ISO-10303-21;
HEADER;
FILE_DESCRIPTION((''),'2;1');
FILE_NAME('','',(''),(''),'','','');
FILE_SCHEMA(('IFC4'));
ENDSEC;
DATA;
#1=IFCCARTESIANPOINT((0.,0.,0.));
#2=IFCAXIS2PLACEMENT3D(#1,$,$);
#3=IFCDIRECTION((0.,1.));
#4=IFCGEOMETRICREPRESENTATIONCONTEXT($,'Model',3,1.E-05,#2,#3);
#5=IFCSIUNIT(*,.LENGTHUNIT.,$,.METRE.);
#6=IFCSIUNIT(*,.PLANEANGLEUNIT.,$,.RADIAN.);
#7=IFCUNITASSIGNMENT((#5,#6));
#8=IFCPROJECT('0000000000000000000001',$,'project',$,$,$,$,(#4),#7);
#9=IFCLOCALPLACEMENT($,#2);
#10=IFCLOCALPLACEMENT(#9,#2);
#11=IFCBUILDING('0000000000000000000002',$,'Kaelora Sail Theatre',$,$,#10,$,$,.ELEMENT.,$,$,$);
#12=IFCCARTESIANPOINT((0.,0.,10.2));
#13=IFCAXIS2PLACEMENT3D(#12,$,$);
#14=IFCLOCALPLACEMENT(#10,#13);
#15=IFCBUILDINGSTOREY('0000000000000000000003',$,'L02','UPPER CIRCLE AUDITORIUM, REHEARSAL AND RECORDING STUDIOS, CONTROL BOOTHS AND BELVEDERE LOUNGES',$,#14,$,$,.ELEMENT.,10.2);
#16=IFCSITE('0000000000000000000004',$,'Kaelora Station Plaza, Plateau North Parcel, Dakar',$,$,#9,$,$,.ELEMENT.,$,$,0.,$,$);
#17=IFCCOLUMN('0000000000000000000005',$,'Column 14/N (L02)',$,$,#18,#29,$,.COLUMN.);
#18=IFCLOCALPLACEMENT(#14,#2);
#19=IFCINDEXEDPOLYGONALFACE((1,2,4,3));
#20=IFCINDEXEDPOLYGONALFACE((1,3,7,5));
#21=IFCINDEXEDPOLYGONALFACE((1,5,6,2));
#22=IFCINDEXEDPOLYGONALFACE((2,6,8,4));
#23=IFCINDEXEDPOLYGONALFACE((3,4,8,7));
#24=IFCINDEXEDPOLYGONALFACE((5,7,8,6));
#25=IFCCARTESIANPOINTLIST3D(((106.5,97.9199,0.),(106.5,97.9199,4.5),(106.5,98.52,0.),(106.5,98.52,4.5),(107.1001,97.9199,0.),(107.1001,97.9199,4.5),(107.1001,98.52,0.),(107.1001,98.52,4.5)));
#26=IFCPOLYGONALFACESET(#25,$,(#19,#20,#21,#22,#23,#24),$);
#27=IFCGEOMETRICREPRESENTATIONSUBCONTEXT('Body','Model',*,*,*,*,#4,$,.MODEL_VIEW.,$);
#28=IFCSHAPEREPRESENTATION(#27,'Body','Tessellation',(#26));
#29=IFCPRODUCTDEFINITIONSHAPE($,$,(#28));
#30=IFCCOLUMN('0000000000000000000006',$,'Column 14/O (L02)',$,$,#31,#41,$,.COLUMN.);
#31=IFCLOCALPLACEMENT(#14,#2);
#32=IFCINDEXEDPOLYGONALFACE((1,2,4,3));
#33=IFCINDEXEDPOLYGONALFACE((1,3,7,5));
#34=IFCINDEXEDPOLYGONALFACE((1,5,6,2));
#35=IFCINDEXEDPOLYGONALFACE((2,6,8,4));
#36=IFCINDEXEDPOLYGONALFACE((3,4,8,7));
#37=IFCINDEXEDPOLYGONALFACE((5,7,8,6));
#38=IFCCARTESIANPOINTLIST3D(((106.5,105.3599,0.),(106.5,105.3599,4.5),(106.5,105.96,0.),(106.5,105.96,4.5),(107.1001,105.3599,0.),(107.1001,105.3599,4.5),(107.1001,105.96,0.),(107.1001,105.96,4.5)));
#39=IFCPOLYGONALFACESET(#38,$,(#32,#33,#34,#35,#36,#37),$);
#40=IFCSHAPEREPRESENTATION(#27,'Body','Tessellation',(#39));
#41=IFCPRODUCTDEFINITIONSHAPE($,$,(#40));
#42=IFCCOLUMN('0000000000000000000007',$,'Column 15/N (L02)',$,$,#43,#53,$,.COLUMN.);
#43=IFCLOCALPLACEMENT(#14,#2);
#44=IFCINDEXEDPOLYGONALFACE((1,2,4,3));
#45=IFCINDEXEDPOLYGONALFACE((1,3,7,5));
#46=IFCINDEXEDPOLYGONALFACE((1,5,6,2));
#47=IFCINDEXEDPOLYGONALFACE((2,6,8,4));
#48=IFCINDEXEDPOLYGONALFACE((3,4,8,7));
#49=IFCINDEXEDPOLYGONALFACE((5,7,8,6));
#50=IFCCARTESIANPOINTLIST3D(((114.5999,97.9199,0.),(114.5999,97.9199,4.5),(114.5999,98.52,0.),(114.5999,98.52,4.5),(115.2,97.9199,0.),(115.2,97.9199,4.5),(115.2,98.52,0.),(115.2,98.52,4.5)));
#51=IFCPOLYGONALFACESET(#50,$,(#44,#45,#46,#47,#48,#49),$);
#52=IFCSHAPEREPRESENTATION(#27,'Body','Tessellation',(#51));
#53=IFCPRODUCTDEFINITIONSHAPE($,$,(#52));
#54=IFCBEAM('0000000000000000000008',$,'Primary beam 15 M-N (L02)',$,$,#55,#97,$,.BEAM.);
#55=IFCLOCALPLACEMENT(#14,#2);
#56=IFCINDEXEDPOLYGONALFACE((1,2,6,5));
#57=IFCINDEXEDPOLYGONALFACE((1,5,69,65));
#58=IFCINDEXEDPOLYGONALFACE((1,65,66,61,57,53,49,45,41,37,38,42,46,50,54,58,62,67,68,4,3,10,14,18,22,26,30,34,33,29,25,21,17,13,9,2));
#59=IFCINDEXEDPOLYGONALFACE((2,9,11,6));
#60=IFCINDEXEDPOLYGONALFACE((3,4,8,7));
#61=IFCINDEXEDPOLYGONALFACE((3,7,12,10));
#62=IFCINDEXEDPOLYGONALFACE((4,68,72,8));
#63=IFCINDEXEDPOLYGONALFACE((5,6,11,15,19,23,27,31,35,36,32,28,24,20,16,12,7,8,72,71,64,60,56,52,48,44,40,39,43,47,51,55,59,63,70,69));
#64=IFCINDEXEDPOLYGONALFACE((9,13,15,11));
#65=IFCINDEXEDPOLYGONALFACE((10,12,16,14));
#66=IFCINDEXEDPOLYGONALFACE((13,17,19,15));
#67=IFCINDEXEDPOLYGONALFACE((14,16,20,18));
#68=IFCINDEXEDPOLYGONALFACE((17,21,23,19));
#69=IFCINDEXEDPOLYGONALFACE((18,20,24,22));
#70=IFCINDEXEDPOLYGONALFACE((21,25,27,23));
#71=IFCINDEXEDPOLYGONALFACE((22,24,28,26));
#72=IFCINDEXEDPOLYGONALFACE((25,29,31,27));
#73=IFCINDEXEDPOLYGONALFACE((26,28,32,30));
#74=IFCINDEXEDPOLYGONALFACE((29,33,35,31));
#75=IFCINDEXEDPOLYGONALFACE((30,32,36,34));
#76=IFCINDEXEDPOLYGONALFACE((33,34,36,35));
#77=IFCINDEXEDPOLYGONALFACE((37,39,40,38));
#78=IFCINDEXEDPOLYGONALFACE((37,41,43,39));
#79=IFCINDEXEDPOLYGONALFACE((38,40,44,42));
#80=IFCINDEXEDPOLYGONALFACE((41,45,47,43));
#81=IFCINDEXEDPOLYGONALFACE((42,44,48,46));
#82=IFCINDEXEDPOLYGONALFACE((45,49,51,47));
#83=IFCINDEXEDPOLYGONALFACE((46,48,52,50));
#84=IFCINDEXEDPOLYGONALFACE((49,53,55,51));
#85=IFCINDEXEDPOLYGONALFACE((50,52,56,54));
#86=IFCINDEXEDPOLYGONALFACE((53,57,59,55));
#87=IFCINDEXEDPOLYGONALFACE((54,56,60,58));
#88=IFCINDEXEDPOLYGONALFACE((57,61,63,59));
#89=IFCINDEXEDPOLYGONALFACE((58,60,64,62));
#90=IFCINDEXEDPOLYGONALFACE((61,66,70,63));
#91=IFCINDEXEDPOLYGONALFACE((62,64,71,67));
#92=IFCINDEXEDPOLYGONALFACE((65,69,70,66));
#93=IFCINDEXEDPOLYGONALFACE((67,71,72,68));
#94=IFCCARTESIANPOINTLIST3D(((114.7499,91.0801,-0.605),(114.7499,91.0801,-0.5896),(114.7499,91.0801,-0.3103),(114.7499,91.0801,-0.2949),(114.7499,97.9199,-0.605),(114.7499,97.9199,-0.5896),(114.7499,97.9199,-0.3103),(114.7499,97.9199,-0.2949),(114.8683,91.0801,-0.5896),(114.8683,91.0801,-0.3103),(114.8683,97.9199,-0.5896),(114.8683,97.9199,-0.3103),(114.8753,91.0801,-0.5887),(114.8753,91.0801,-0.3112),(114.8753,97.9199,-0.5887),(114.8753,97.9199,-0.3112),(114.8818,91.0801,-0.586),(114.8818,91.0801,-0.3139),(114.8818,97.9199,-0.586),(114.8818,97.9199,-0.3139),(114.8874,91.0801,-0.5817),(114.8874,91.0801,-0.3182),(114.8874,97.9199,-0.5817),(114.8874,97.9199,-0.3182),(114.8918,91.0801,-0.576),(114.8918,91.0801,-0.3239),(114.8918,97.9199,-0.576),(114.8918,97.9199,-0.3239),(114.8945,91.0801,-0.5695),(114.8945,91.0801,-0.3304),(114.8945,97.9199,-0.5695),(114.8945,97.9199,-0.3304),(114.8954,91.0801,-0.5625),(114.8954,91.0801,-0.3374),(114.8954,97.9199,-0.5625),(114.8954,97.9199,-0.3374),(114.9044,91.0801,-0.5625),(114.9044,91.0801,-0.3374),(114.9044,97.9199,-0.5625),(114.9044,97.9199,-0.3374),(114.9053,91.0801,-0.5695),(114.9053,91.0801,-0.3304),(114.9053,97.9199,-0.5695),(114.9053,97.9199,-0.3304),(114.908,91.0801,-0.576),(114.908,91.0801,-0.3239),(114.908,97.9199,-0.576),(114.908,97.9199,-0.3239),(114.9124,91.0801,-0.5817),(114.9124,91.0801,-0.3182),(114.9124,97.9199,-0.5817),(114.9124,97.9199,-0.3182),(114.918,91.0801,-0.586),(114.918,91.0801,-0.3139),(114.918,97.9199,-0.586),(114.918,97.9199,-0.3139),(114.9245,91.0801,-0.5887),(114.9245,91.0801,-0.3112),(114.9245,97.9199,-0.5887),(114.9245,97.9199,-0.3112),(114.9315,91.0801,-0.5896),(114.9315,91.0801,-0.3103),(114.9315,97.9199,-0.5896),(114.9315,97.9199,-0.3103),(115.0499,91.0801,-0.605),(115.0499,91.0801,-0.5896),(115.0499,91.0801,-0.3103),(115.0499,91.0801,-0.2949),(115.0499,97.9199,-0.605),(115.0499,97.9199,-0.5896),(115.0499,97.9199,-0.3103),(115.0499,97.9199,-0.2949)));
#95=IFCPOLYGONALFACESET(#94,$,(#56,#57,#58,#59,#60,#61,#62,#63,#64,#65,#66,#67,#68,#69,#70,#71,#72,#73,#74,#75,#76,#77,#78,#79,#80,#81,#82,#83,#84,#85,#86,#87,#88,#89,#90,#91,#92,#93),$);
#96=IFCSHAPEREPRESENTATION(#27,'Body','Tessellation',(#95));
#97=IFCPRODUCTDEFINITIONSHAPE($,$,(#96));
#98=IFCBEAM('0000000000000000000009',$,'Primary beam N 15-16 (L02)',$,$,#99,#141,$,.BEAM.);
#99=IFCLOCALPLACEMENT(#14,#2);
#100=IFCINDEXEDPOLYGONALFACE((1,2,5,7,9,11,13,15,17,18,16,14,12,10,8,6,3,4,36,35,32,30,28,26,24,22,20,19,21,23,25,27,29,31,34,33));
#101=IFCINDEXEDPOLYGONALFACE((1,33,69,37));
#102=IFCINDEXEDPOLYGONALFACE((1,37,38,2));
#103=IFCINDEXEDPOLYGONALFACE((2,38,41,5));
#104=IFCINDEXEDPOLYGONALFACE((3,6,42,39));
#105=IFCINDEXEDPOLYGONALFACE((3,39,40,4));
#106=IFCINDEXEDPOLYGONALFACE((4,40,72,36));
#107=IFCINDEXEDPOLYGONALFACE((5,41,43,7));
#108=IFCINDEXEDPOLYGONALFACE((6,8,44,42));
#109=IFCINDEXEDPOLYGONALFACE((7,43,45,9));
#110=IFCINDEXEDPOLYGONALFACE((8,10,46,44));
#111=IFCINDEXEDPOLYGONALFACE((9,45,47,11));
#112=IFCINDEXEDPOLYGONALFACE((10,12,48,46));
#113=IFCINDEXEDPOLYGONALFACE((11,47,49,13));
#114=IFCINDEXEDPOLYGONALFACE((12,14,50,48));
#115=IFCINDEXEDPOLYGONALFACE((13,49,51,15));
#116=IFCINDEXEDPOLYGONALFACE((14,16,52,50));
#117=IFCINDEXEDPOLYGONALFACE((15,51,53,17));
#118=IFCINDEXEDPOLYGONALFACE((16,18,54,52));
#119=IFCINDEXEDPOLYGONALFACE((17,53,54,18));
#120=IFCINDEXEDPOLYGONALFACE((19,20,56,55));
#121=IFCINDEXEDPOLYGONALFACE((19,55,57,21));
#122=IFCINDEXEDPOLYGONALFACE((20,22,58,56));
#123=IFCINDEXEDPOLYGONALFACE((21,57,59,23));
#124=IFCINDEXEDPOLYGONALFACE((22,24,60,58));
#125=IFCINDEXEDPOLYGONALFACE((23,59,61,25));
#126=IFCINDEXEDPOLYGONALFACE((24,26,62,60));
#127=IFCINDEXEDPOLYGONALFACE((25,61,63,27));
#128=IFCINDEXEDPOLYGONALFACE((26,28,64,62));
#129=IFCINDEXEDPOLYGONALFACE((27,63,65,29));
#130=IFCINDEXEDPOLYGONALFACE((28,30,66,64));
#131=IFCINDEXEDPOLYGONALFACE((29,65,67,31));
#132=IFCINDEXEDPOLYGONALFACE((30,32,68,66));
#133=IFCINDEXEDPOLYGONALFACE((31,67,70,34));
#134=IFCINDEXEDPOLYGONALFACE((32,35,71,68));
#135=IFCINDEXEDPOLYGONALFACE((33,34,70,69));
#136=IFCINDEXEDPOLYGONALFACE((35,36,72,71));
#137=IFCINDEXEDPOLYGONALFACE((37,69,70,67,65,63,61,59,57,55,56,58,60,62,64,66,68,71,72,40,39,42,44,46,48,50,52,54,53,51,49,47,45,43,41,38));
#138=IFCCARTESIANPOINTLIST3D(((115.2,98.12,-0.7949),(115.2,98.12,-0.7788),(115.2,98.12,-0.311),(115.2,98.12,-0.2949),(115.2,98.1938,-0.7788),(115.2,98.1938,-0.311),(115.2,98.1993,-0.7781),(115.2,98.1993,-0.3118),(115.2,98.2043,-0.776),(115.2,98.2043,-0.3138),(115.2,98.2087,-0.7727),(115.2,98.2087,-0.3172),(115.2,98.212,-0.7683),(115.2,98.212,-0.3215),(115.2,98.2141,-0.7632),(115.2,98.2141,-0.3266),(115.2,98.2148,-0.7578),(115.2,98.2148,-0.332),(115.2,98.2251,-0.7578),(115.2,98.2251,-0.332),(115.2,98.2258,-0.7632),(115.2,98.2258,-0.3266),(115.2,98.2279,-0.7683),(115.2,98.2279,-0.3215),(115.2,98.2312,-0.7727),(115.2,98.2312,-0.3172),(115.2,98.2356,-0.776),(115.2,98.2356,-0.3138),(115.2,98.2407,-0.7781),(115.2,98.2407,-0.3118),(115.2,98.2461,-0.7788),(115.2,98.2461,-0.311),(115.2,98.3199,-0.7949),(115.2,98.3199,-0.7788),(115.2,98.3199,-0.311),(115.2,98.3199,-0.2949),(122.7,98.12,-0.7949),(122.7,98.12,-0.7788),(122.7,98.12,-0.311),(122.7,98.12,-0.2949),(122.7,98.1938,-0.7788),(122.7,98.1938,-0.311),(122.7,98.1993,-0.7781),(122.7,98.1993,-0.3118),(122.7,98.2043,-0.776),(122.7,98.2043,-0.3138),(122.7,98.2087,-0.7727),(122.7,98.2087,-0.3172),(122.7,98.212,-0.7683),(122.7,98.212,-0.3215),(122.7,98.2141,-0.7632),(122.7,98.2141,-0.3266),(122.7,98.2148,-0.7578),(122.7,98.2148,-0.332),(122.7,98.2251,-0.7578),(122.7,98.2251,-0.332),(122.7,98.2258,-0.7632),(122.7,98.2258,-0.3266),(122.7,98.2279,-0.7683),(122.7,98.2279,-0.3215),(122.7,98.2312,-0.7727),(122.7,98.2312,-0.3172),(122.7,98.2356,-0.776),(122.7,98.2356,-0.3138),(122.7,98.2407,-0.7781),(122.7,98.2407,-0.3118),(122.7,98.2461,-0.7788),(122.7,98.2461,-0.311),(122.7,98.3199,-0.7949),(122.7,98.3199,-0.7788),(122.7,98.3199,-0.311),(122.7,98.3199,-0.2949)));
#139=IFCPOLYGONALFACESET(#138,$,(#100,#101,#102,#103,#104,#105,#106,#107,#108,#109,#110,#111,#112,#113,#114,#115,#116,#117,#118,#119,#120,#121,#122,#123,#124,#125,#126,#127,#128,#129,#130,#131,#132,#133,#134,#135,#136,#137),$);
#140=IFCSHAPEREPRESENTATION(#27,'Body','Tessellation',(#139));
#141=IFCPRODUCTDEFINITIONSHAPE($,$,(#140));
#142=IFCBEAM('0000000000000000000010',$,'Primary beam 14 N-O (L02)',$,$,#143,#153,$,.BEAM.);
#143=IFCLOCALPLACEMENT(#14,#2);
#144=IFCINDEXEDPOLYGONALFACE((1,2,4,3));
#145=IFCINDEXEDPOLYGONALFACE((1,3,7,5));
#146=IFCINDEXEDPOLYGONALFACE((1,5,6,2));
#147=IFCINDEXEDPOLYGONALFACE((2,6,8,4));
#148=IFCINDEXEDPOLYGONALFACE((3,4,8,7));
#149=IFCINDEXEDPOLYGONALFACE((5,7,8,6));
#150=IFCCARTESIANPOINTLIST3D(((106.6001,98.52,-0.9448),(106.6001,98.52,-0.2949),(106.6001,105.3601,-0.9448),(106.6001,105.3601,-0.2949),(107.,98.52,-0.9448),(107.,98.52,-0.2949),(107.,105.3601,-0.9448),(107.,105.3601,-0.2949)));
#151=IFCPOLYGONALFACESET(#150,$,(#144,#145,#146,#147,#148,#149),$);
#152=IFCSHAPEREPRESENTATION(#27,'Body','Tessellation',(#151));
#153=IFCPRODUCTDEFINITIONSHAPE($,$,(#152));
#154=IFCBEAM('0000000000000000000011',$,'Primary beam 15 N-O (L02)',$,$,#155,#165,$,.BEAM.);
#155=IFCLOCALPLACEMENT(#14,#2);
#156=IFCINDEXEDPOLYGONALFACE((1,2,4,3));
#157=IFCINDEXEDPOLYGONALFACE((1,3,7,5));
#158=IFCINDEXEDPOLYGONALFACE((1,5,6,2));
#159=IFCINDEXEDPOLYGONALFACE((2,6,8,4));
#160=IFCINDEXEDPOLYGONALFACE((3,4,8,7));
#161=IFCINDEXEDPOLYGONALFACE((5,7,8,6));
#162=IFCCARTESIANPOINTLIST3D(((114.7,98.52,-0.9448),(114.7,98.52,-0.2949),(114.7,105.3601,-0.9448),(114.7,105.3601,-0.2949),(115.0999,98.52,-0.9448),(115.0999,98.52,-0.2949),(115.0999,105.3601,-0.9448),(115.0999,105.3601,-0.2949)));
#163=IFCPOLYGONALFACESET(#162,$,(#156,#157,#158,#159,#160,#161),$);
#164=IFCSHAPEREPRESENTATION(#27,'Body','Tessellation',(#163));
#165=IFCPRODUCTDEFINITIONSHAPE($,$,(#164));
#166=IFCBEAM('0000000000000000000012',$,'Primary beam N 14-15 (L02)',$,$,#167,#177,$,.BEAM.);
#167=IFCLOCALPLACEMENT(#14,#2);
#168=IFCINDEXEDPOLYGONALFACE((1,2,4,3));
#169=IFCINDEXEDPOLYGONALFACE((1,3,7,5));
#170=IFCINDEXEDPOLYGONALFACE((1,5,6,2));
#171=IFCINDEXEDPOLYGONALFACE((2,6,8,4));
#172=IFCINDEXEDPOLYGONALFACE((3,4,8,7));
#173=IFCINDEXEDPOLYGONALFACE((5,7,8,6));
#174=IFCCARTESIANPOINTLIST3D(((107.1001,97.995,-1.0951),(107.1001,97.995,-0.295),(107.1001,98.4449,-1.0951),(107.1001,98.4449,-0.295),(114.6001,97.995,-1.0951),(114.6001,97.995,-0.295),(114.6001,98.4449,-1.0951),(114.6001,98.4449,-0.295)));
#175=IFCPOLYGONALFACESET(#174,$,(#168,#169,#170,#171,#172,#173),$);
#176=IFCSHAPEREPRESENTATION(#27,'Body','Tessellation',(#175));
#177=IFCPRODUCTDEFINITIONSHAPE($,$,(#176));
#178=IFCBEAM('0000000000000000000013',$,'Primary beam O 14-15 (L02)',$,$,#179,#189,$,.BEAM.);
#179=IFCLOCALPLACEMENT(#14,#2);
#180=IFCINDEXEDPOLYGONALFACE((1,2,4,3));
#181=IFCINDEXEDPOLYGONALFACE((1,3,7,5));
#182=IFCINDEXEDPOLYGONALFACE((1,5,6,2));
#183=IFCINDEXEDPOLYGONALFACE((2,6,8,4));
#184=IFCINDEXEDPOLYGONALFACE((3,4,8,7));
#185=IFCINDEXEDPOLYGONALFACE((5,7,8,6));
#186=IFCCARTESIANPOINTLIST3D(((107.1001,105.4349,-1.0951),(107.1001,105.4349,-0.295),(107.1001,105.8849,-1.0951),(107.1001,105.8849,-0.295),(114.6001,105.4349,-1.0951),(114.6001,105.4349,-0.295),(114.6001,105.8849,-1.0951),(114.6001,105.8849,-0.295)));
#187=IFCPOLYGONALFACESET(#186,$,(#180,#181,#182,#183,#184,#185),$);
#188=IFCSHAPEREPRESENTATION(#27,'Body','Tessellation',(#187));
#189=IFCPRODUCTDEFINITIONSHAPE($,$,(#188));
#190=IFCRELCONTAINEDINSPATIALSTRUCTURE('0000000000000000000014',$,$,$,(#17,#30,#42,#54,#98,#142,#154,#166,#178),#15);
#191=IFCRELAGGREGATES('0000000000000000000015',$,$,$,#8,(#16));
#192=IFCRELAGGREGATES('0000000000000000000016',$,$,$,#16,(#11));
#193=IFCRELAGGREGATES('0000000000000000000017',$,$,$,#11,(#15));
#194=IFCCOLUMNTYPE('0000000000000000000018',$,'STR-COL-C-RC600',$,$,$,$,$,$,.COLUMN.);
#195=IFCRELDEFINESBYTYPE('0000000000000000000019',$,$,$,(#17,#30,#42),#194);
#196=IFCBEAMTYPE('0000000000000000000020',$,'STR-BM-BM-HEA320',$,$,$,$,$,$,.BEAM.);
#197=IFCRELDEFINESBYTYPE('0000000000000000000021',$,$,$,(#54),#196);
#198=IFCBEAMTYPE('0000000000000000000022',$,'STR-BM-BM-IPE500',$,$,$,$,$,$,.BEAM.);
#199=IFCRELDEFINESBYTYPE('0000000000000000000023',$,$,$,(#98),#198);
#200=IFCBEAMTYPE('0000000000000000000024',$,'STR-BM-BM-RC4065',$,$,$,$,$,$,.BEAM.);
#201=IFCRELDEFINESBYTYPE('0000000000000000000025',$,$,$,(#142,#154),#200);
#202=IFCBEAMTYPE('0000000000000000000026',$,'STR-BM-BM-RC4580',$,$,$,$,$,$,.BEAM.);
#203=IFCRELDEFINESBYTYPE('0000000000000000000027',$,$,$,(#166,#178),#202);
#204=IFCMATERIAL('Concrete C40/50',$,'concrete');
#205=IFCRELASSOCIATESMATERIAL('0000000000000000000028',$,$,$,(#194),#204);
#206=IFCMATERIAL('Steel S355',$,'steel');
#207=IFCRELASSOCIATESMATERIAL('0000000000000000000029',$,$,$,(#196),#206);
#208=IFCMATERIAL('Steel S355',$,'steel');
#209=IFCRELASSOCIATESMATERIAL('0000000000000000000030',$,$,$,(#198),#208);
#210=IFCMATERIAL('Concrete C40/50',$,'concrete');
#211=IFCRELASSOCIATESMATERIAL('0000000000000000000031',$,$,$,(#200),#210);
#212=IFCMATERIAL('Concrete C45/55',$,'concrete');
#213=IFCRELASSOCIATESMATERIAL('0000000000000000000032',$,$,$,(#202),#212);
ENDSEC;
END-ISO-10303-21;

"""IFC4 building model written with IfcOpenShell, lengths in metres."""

from ifc_helpers import new_model, si_unit, direction, frame, origin, origin_2d, place, context, subcontext, project, spatial, rectangle, i_section, extrude, material, material_profile, profile_set, type_object, element, save


model = new_model("IFC4")

# Units and contexts
model_context = context("Model", 3, precision=1e-05, world=origin(), true_north=direction((0.0, 1.0)))
body_context = subcontext(model_context, "Body", "Model", "MODEL_VIEW")
ifc_project = project(units=[si_unit("LENGTHUNIT", "METRE"), si_unit("PLANEANGLEUNIT", "RADIAN")], contexts=[model_context])

# Site, building, storey
site_placement = place(None, origin())
site = spatial("IfcSite", under=ifc_project, at=site_placement, Name="Kaelora Station Plaza, Plateau North Parcel, Dakar", CompositionType="ELEMENT", RefElevation=0.0)
building_placement = place(site_placement, origin())
building = spatial("IfcBuilding", under=site, at=building_placement, Name="Kaelora Sail Theatre", CompositionType="ELEMENT")
storey_placement = place(building_placement, frame((0.0, 0.0, 10.2)))
storey = spatial("IfcBuildingStorey", under=building, at=storey_placement, Name="L02", Description="UPPER CIRCLE AUDITORIUM, REHEARSAL AND RECORDING STUDIOS, CONTROL BOOTHS AND BELVEDERE LOUNGES", CompositionType="ELEMENT", Elevation=10.2)

# Columns
ifc_material_1 = material(Name="Concrete C40/50", Category="concrete")
ifc_material_profile_1 = material_profile(ifc_material_1, rectangle(XDim=0.6001, YDim=0.6001, at=origin_2d()), Name="RC-COL 600x600")
ifc_profile_set_1 = profile_set([ifc_material_profile_1], Name="Concrete C40/50")
column_type = type_object("IfcColumnType", Name="STR-COL-C-RC600", PredefinedType="COLUMN", material=ifc_profile_set_1)
for number, where, z_axis, x_axis, name in (
    (1, (106.8, 98.22, 0.0), (0.0, 0.0, 1.0), (1.0, 0.0, 0.0), "Column 14/N (L02)"),
    (2, (106.8, 105.6599, 0.0), (0.0, 0.0, 1.0), (1.0, 0.0, 0.0), "Column 14/O (L02)"),
    (3, (114.8999, 98.22, 0.0), (0.0, 0.0, 1.0), (1.0, 0.0, 0.0), "Column 15/N (L02)"),
):
    element("IfcColumn", number, at=place(storey_placement, frame(where, z_axis=z_axis, x_axis=x_axis)), inside=storey, type_object=column_type, Name=name, PredefinedType="COLUMN", context=body_context, shape_type="SweptSolid", body=[
        extrude(rectangle(XDim=0.6001, YDim=0.6001, at=origin_2d()), origin(), (0.0, 0.0, 1.0), 4.5),
    ])

# Beams
ifc_material_2 = material(Name="Steel S355", Category="steel")
ifc_material_profile_2 = material_profile(ifc_material_2, i_section(OverallWidth=0.3, OverallDepth=0.3101, WebThickness=0.009, FlangeThickness=0.0154, FilletRadius=0.0271, at=origin_2d()), Name="HEA 320")
ifc_profile_set_2 = profile_set([ifc_material_profile_2], Name="Steel S355")
beam_type_1 = type_object("IfcBeamType", Name="STR-BM-BM-HEA320", PredefinedType="BEAM", material=ifc_profile_set_2)
beam_1_placement = place(storey_placement, frame((114.8999, 91.0801, -0.45), z_axis=(0.0, 1.0, 0.0), x_axis=(-1.0, 0.0, 0.0)))
element("IfcBeam", 4, at=beam_1_placement, inside=storey, type_object=beam_type_1, Name="Primary beam 15 M-N (L02)", PredefinedType="BEAM", context=body_context, shape_type="SweptSolid", body=[
    extrude(i_section(OverallWidth=0.3, OverallDepth=0.3101, WebThickness=0.009, FlangeThickness=0.0154, FilletRadius=0.0271, at=origin_2d()), origin(), (0.0, 0.0, 1.0), 6.8398),
])
ifc_material_3 = material(Name="Steel S355", Category="steel")
ifc_material_profile_3 = material_profile(ifc_material_3, i_section(OverallWidth=0.2, OverallDepth=0.5, WebThickness=0.0103, FlangeThickness=0.0161, FilletRadius=0.021, at=origin_2d()), Name="IPE 500")
ifc_profile_set_3 = profile_set([ifc_material_profile_3], Name="Steel S355")
beam_type_2 = type_object("IfcBeamType", Name="STR-BM-BM-IPE500", PredefinedType="BEAM", material=ifc_profile_set_3)
beam_2_placement = place(storey_placement, frame((115.2, 98.22, -0.5449), z_axis=(1.0, 0.0, 0.0), x_axis=(0.0, 1.0, 0.0)))
element("IfcBeam", 5, at=beam_2_placement, inside=storey, type_object=beam_type_2, Name="Primary beam N 15-16 (L02)", PredefinedType="BEAM", context=body_context, shape_type="SweptSolid", body=[
    extrude(i_section(OverallWidth=0.2, OverallDepth=0.5, WebThickness=0.0103, FlangeThickness=0.0161, FilletRadius=0.021, at=origin_2d()), origin(), (0.0, 0.0, 1.0), 7.5),
])
ifc_material_4 = material(Name="Concrete C40/50", Category="concrete")
ifc_material_profile_4 = material_profile(ifc_material_4, rectangle(XDim=0.3999, YDim=0.6499, at=origin_2d()), Name="RC-BM 400x650")
ifc_profile_set_4 = profile_set([ifc_material_profile_4], Name="Concrete C40/50")
beam_type_3 = type_object("IfcBeamType", Name="STR-BM-BM-RC4065", PredefinedType="BEAM", material=ifc_profile_set_4)
for number, where, z_axis, x_axis, name in (
    (6, (106.8, 98.52, -0.6199), (0.0, 1.0, 0.0), (-1.0, 0.0, 0.0), "Primary beam 14 N-O (L02)"),
    (7, (114.8999, 98.52, -0.6199), (0.0, 1.0, 0.0), (-1.0, 0.0, 0.0), "Primary beam 15 N-O (L02)"),
):
    element("IfcBeam", number, at=place(storey_placement, frame(where, z_axis=z_axis, x_axis=x_axis)), inside=storey, type_object=beam_type_3, Name=name, PredefinedType="BEAM", context=body_context, shape_type="SweptSolid", body=[
        extrude(rectangle(XDim=0.3999, YDim=0.6499, at=origin_2d()), origin(), (0.0, 0.0, 1.0), 6.8401),
    ])
ifc_material_5 = material(Name="Concrete C45/55", Category="concrete")
ifc_material_profile_5 = material_profile(ifc_material_5, rectangle(XDim=0.45, YDim=0.8, at=origin_2d()), Name="RC-BM 450x800")
ifc_profile_set_5 = profile_set([ifc_material_profile_5], Name="Concrete C45/55")
beam_type_4 = type_object("IfcBeamType", Name="STR-BM-BM-RC4580", PredefinedType="BEAM", material=ifc_profile_set_5)
for number, where, z_axis, x_axis, name in (
    (8, (107.1001, 98.22, -0.6951), (1.0, 0.0, 0.0), (0.0, 1.0, 0.0), "Primary beam N 14-15 (L02)"),
    (9, (107.1001, 105.6599, -0.6951), (1.0, 0.0, 0.0), (0.0, 1.0, 0.0), "Primary beam O 14-15 (L02)"),
):
    element("IfcBeam", number, at=place(storey_placement, frame(where, z_axis=z_axis, x_axis=x_axis)), inside=storey, type_object=beam_type_4, Name=name, PredefinedType="BEAM", context=body_context, shape_type="SweptSolid", body=[
        extrude(rectangle(XDim=0.45, YDim=0.8, at=origin_2d()), origin(), (0.0, 0.0, 1.0), 7.5),
    ])

save(model, "model.ifc")
